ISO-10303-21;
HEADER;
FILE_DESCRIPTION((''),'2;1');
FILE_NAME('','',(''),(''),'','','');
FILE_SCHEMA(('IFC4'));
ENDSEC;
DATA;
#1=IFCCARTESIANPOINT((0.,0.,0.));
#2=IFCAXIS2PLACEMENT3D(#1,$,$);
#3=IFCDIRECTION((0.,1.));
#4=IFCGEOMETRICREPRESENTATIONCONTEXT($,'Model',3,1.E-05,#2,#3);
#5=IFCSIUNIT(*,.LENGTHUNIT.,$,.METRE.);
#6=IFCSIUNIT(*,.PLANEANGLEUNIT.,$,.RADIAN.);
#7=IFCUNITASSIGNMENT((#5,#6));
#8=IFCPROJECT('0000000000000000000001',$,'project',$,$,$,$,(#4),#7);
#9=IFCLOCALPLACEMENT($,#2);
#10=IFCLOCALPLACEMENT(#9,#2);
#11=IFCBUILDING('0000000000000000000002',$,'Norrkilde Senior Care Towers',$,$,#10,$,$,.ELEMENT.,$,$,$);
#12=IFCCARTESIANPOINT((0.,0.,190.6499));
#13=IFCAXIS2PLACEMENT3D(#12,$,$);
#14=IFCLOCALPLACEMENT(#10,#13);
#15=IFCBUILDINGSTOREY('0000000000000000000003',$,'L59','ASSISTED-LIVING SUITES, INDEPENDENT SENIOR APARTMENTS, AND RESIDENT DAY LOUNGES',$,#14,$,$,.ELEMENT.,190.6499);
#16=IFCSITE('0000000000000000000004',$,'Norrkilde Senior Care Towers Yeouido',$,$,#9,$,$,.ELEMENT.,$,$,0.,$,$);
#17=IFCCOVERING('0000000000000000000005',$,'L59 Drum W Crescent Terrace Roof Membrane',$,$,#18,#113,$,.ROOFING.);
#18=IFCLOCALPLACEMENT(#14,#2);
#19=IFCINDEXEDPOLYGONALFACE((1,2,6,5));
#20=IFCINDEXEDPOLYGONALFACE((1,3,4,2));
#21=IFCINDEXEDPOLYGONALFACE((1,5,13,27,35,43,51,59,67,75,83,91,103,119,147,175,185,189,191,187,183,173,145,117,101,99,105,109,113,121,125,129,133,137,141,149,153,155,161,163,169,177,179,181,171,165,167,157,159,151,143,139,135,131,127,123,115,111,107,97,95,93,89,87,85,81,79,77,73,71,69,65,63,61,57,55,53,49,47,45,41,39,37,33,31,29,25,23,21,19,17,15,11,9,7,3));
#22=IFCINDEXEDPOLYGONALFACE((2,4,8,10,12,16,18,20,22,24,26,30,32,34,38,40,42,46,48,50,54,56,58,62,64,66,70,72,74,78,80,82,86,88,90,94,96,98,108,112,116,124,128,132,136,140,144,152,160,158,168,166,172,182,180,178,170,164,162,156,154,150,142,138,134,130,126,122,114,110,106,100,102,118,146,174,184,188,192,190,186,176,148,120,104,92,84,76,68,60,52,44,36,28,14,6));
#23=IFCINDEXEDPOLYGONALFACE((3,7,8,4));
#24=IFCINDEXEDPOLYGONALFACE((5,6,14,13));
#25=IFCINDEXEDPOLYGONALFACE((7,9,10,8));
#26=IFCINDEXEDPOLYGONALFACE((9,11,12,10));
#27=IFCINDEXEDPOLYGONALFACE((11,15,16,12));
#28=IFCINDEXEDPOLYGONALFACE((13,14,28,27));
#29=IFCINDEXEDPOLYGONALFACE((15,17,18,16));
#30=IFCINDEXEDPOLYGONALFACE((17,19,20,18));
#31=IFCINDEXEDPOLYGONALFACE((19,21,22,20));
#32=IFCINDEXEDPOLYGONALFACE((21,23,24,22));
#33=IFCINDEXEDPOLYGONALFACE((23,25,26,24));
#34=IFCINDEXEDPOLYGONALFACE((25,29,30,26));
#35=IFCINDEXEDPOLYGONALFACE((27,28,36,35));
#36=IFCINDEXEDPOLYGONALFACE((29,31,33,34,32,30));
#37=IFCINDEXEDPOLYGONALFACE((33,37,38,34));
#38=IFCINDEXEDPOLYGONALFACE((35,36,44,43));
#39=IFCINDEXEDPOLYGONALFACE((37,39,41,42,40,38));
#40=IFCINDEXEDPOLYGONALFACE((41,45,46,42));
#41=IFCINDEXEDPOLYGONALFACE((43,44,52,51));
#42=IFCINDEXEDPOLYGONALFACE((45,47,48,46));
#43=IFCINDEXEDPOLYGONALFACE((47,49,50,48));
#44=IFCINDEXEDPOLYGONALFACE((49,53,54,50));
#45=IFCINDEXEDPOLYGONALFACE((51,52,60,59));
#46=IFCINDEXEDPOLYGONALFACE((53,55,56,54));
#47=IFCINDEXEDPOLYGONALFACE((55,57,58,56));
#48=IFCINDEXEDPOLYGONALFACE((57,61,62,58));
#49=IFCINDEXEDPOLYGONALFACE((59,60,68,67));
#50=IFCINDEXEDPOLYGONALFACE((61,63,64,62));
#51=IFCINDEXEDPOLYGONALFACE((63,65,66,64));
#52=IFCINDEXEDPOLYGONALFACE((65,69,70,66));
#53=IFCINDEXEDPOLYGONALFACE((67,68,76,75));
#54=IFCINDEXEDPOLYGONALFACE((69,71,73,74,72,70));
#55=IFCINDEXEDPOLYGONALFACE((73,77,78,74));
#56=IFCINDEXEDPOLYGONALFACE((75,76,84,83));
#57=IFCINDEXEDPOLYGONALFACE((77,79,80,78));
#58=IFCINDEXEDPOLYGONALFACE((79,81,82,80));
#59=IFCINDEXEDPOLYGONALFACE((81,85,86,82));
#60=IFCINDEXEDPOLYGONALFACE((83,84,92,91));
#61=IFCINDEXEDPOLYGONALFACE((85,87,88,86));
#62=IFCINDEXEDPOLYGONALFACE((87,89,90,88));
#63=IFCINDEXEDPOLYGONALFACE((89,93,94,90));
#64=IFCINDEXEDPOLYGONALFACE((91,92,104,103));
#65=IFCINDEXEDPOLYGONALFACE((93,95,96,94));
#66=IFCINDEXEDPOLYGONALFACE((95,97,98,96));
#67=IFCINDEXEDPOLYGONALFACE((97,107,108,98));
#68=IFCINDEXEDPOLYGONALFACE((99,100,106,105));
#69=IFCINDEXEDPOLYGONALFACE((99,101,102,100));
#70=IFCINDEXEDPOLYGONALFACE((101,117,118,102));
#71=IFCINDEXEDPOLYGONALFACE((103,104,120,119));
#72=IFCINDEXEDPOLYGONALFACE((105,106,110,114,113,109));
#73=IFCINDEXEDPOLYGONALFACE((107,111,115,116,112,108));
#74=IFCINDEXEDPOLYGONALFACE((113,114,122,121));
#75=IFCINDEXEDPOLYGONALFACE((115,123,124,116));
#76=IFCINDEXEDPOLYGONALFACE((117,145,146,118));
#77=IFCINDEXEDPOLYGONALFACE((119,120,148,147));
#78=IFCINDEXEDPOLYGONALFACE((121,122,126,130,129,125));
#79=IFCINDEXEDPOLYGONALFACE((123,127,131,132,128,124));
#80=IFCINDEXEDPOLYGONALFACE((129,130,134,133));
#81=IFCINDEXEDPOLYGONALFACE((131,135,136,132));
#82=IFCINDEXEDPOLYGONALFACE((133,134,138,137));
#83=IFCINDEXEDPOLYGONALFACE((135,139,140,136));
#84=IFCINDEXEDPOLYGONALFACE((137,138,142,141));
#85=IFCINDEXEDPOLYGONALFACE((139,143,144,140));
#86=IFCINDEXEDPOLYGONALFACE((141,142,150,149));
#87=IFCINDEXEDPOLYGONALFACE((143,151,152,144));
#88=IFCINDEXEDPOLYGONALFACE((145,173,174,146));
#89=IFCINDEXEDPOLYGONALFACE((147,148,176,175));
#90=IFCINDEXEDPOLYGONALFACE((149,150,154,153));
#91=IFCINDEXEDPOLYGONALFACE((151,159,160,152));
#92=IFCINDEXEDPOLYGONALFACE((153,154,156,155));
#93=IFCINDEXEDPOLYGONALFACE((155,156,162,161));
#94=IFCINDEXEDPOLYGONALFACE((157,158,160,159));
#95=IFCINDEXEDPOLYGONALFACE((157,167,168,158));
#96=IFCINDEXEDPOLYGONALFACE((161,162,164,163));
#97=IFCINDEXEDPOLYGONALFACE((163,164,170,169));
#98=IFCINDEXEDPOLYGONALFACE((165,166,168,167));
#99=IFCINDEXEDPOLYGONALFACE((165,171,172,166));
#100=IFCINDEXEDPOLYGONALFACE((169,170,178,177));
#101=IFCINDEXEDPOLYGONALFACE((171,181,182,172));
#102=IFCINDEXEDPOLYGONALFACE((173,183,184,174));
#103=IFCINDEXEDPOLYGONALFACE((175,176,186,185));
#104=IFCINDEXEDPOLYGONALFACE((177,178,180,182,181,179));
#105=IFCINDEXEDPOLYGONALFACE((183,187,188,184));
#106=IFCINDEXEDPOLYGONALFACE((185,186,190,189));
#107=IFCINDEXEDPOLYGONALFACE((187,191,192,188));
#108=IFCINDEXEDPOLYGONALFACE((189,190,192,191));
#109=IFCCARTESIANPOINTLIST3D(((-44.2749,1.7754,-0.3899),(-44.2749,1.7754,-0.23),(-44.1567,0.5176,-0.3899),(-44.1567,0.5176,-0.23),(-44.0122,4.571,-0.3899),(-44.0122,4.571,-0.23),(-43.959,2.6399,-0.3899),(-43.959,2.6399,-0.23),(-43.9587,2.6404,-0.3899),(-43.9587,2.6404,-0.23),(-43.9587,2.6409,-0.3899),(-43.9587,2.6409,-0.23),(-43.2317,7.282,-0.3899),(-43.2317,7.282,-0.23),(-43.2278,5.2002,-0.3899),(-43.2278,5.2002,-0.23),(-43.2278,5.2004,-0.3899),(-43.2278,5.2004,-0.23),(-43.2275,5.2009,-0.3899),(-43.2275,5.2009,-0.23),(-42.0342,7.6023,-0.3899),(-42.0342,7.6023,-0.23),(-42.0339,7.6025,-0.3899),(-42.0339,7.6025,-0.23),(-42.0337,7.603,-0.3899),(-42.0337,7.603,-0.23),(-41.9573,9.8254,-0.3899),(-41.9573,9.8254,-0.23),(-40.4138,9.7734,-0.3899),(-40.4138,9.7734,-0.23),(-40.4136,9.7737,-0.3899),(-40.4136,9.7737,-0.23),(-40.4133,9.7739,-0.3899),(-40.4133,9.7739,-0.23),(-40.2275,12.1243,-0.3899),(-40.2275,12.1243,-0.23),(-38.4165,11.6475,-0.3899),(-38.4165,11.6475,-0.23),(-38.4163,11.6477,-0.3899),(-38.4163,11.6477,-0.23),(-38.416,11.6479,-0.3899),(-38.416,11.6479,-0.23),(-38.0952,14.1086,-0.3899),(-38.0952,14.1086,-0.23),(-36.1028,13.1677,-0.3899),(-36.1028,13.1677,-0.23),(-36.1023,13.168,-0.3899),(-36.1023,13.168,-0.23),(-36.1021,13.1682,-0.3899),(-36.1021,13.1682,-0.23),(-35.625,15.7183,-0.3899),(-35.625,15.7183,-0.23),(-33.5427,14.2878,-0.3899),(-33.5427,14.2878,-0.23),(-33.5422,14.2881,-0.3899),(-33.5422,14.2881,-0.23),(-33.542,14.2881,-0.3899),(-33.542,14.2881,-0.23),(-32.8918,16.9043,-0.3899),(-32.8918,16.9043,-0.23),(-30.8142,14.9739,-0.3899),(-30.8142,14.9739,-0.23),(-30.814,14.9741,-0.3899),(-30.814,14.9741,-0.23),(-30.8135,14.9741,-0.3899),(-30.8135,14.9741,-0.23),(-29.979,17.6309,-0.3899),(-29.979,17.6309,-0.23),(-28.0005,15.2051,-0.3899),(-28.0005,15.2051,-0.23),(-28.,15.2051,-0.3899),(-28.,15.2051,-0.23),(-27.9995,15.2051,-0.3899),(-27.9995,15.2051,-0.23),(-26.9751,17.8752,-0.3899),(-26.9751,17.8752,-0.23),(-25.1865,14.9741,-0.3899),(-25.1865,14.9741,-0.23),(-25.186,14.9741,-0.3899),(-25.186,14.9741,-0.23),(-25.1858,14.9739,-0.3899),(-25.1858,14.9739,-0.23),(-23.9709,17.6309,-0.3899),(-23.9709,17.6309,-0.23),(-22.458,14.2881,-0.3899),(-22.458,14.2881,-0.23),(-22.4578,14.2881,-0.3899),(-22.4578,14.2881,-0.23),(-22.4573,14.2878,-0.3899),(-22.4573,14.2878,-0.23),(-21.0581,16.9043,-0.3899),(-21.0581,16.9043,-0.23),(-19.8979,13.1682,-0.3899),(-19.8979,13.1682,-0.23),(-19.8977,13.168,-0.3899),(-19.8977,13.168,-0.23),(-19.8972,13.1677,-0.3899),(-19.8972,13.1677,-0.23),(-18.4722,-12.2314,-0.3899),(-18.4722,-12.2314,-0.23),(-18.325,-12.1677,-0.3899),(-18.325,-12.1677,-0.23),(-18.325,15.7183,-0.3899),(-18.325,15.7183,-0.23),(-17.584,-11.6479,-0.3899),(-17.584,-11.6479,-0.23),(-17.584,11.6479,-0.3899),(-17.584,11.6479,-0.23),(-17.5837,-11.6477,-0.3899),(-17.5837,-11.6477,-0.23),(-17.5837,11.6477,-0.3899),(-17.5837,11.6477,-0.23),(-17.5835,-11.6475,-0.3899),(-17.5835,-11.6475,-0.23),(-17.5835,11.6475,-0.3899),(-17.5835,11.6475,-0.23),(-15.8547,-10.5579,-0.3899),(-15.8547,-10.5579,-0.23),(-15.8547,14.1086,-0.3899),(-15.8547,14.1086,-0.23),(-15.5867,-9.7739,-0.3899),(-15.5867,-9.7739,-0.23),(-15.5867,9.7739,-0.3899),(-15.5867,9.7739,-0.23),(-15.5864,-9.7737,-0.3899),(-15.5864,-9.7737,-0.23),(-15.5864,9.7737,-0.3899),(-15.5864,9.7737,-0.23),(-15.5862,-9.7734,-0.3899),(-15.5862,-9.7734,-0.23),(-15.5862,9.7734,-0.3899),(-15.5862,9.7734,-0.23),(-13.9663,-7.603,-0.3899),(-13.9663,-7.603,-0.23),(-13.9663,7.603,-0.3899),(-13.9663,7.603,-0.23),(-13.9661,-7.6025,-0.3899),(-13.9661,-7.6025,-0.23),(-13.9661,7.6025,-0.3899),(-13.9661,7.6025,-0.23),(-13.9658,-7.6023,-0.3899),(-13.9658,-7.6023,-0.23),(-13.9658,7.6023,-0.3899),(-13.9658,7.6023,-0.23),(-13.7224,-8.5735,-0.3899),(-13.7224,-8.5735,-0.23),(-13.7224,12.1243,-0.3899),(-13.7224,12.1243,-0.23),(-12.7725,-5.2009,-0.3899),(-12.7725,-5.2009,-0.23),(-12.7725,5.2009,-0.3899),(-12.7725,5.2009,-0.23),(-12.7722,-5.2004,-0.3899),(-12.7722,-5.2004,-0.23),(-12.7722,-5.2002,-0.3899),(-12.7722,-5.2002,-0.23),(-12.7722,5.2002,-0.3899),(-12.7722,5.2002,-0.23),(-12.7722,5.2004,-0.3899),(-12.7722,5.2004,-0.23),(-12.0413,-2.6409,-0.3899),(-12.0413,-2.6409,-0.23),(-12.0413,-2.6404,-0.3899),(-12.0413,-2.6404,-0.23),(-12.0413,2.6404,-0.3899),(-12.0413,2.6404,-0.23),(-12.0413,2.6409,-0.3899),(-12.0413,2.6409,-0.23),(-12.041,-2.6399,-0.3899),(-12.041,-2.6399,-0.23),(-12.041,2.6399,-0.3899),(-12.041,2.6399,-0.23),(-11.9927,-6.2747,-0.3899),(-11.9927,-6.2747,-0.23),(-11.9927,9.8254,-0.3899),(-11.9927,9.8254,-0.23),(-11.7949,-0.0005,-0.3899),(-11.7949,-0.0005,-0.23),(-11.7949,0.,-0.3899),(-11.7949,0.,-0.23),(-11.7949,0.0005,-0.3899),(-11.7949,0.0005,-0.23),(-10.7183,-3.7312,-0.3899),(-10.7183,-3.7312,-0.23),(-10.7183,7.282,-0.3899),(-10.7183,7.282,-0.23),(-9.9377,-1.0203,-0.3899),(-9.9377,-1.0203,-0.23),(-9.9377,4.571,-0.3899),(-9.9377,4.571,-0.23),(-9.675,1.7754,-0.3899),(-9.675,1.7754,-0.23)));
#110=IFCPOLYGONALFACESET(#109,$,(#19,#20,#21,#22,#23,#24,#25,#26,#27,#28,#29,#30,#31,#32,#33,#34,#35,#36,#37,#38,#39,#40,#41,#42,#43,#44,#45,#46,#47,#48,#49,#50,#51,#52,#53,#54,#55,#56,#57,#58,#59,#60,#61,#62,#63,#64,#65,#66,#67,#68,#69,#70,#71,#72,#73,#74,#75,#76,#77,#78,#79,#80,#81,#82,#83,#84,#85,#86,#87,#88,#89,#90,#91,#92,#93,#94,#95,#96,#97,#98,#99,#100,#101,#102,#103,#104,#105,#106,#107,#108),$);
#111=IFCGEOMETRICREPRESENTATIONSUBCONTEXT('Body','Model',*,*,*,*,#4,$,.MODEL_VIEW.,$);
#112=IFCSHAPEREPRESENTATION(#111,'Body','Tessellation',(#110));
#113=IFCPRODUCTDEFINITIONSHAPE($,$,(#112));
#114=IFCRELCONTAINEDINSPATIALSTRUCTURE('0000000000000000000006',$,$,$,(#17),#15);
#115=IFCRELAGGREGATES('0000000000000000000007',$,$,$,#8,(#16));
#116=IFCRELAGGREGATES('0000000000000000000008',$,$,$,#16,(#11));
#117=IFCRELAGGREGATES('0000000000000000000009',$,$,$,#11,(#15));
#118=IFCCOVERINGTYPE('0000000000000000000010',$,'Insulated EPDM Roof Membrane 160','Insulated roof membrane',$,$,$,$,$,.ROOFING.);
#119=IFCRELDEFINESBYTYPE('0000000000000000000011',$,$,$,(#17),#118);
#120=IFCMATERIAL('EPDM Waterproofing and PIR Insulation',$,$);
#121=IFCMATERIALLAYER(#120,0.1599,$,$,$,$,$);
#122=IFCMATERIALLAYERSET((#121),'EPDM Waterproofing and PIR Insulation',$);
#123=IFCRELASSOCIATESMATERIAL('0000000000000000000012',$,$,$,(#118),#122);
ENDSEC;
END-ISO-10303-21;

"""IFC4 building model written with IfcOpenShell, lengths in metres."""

from ifc_helpers import new_model, si_unit, direction, frame, origin, place, context, subcontext, project, spatial, polyline, outline, extrude, material, layer, layer_set, type_object, element, save


model = new_model("IFC4")

# Units and contexts
model_context = context("Model", 3, precision=1e-05, world=origin(), true_north=direction((0.0, 1.0)))
body_context = subcontext(model_context, "Body", "Model", "MODEL_VIEW")
ifc_project = project(units=[si_unit("LENGTHUNIT", "METRE"), si_unit("PLANEANGLEUNIT", "RADIAN")], contexts=[model_context])

# Site, building, storey
site_placement = place(None, origin())
site = spatial("IfcSite", under=ifc_project, at=site_placement, Name="Norrkilde Senior Care Towers Yeouido", CompositionType="ELEMENT", RefElevation=0.0)
building_placement = place(site_placement, origin())
building = spatial("IfcBuilding", under=site, at=building_placement, Name="Norrkilde Senior Care Towers", CompositionType="ELEMENT")
storey_placement = place(building_placement, frame((0.0, 0.0, 190.6499)))
storey = spatial("IfcBuildingStorey", under=building, at=storey_placement, Name="L59", Description="ASSISTED-LIVING SUITES, INDEPENDENT SENIOR APARTMENTS, AND RESIDENT DAY LOUNGES", CompositionType="ELEMENT", Elevation=190.6499)

# Covering
ifc_material_1 = material(Name="EPDM Waterproofing and PIR Insulation")
ifc_layer_1 = layer(ifc_material_1, 0.1599)
ifc_layer_set_1 = layer_set([ifc_layer_1], Name="EPDM Waterproofing and PIR Insulation")
covering_type_1 = type_object("IfcCoveringType", Name="Insulated EPDM Roof Membrane 160", Description="Insulated roof membrane", PredefinedType="ROOFING", material=ifc_layer_set_1)
covering_1_placement = place(storey_placement, frame((0.0, 0.0, -0.3899)))
element("IfcCovering", 1, at=covering_1_placement, inside=storey, type_object=covering_type_1, Name="L59 Drum W Crescent Terrace Roof Membrane", PredefinedType="ROOFING", context=body_context, shape_type="SweptSolid", body=[
    extrude(outline(polyline([(-44.2749, 1.7754), (-44.0122, 4.571), (-43.2317, 7.282), (-41.9573, 9.8254), (-40.2275, 12.1243), (-38.0952, 14.1086), (-35.625, 15.7183), (-32.8918, 16.9043), (-29.979, 17.6309), (-26.9751, 17.8752), (-23.9709, 17.6309), (-21.0581, 16.9043), (-18.325, 15.7183), (-15.8547, 14.1086), (-13.7224, 12.1243), (-11.9927, 9.8254), (-10.7183, 7.282), (-9.9377, 4.571), (-9.675, 1.7754), (-9.9377, -1.0203), (-10.7183, -3.7312), (-11.9927, -6.2747), (-13.7224, -8.5735), (-15.8547, -10.5579), (-18.325, -12.1677), (-18.4722, -12.2314), (-17.584, -11.6479), (-17.5837, -11.6477), (-17.5835, -11.6475), (-15.5867, -9.7739), (-15.5864, -9.7737), (-15.5862, -9.7734), (-13.9663, -7.603), (-13.9661, -7.6025), (-13.9658, -7.6023), (-12.7725, -5.2009), (-12.7722, -5.2004), (-12.7722, -5.2002), (-12.0413, -2.6409), (-12.0413, -2.6404), (-12.041, -2.6399), (-11.7949, -0.0005), (-11.7949, 0.0), (-11.7949, 0.0005), (-12.041, 2.6399), (-12.0413, 2.6404), (-12.0413, 2.6409), (-12.7722, 5.2002), (-12.7722, 5.2004), (-12.7725, 5.2009), (-13.9658, 7.6023), (-13.9661, 7.6025), (-13.9663, 7.603), (-15.5862, 9.7734), (-15.5864, 9.7737), (-15.5867, 9.7739), (-17.5835, 11.6475), (-17.5837, 11.6477), (-17.584, 11.6479), (-19.8972, 13.1677), (-19.8977, 13.168), (-19.8979, 13.1682), (-22.4573, 14.2878), (-22.4578, 14.2881), (-22.458, 14.2881), (-25.1858, 14.9739), (-25.186, 14.9741), (-25.1865, 14.9741), (-27.9995, 15.2051), (-28.0, 15.2051), (-28.0005, 15.2051), (-30.8135, 14.9741), (-30.814, 14.9741), (-30.8142, 14.9739), (-33.542, 14.2881), (-33.5422, 14.2881), (-33.5427, 14.2878), (-36.1021, 13.1682), (-36.1023, 13.168), (-36.1028, 13.1677), (-38.416, 11.6479), (-38.4163, 11.6477), (-38.4165, 11.6475), (-40.4133, 9.7739), (-40.4136, 9.7737), (-40.4138, 9.7734), (-42.0337, 7.603), (-42.0339, 7.6025), (-42.0342, 7.6023), (-43.2275, 5.2009), (-43.2278, 5.2004), (-43.2278, 5.2002), (-43.9587, 2.6409), (-43.9587, 2.6404), (-43.959, 2.6399), (-44.1567, 0.5176), (-44.2749, 1.7754)])), origin(), (0.0, 0.0, 1.0), 0.1599),
])

save(model, "model.ifc")
